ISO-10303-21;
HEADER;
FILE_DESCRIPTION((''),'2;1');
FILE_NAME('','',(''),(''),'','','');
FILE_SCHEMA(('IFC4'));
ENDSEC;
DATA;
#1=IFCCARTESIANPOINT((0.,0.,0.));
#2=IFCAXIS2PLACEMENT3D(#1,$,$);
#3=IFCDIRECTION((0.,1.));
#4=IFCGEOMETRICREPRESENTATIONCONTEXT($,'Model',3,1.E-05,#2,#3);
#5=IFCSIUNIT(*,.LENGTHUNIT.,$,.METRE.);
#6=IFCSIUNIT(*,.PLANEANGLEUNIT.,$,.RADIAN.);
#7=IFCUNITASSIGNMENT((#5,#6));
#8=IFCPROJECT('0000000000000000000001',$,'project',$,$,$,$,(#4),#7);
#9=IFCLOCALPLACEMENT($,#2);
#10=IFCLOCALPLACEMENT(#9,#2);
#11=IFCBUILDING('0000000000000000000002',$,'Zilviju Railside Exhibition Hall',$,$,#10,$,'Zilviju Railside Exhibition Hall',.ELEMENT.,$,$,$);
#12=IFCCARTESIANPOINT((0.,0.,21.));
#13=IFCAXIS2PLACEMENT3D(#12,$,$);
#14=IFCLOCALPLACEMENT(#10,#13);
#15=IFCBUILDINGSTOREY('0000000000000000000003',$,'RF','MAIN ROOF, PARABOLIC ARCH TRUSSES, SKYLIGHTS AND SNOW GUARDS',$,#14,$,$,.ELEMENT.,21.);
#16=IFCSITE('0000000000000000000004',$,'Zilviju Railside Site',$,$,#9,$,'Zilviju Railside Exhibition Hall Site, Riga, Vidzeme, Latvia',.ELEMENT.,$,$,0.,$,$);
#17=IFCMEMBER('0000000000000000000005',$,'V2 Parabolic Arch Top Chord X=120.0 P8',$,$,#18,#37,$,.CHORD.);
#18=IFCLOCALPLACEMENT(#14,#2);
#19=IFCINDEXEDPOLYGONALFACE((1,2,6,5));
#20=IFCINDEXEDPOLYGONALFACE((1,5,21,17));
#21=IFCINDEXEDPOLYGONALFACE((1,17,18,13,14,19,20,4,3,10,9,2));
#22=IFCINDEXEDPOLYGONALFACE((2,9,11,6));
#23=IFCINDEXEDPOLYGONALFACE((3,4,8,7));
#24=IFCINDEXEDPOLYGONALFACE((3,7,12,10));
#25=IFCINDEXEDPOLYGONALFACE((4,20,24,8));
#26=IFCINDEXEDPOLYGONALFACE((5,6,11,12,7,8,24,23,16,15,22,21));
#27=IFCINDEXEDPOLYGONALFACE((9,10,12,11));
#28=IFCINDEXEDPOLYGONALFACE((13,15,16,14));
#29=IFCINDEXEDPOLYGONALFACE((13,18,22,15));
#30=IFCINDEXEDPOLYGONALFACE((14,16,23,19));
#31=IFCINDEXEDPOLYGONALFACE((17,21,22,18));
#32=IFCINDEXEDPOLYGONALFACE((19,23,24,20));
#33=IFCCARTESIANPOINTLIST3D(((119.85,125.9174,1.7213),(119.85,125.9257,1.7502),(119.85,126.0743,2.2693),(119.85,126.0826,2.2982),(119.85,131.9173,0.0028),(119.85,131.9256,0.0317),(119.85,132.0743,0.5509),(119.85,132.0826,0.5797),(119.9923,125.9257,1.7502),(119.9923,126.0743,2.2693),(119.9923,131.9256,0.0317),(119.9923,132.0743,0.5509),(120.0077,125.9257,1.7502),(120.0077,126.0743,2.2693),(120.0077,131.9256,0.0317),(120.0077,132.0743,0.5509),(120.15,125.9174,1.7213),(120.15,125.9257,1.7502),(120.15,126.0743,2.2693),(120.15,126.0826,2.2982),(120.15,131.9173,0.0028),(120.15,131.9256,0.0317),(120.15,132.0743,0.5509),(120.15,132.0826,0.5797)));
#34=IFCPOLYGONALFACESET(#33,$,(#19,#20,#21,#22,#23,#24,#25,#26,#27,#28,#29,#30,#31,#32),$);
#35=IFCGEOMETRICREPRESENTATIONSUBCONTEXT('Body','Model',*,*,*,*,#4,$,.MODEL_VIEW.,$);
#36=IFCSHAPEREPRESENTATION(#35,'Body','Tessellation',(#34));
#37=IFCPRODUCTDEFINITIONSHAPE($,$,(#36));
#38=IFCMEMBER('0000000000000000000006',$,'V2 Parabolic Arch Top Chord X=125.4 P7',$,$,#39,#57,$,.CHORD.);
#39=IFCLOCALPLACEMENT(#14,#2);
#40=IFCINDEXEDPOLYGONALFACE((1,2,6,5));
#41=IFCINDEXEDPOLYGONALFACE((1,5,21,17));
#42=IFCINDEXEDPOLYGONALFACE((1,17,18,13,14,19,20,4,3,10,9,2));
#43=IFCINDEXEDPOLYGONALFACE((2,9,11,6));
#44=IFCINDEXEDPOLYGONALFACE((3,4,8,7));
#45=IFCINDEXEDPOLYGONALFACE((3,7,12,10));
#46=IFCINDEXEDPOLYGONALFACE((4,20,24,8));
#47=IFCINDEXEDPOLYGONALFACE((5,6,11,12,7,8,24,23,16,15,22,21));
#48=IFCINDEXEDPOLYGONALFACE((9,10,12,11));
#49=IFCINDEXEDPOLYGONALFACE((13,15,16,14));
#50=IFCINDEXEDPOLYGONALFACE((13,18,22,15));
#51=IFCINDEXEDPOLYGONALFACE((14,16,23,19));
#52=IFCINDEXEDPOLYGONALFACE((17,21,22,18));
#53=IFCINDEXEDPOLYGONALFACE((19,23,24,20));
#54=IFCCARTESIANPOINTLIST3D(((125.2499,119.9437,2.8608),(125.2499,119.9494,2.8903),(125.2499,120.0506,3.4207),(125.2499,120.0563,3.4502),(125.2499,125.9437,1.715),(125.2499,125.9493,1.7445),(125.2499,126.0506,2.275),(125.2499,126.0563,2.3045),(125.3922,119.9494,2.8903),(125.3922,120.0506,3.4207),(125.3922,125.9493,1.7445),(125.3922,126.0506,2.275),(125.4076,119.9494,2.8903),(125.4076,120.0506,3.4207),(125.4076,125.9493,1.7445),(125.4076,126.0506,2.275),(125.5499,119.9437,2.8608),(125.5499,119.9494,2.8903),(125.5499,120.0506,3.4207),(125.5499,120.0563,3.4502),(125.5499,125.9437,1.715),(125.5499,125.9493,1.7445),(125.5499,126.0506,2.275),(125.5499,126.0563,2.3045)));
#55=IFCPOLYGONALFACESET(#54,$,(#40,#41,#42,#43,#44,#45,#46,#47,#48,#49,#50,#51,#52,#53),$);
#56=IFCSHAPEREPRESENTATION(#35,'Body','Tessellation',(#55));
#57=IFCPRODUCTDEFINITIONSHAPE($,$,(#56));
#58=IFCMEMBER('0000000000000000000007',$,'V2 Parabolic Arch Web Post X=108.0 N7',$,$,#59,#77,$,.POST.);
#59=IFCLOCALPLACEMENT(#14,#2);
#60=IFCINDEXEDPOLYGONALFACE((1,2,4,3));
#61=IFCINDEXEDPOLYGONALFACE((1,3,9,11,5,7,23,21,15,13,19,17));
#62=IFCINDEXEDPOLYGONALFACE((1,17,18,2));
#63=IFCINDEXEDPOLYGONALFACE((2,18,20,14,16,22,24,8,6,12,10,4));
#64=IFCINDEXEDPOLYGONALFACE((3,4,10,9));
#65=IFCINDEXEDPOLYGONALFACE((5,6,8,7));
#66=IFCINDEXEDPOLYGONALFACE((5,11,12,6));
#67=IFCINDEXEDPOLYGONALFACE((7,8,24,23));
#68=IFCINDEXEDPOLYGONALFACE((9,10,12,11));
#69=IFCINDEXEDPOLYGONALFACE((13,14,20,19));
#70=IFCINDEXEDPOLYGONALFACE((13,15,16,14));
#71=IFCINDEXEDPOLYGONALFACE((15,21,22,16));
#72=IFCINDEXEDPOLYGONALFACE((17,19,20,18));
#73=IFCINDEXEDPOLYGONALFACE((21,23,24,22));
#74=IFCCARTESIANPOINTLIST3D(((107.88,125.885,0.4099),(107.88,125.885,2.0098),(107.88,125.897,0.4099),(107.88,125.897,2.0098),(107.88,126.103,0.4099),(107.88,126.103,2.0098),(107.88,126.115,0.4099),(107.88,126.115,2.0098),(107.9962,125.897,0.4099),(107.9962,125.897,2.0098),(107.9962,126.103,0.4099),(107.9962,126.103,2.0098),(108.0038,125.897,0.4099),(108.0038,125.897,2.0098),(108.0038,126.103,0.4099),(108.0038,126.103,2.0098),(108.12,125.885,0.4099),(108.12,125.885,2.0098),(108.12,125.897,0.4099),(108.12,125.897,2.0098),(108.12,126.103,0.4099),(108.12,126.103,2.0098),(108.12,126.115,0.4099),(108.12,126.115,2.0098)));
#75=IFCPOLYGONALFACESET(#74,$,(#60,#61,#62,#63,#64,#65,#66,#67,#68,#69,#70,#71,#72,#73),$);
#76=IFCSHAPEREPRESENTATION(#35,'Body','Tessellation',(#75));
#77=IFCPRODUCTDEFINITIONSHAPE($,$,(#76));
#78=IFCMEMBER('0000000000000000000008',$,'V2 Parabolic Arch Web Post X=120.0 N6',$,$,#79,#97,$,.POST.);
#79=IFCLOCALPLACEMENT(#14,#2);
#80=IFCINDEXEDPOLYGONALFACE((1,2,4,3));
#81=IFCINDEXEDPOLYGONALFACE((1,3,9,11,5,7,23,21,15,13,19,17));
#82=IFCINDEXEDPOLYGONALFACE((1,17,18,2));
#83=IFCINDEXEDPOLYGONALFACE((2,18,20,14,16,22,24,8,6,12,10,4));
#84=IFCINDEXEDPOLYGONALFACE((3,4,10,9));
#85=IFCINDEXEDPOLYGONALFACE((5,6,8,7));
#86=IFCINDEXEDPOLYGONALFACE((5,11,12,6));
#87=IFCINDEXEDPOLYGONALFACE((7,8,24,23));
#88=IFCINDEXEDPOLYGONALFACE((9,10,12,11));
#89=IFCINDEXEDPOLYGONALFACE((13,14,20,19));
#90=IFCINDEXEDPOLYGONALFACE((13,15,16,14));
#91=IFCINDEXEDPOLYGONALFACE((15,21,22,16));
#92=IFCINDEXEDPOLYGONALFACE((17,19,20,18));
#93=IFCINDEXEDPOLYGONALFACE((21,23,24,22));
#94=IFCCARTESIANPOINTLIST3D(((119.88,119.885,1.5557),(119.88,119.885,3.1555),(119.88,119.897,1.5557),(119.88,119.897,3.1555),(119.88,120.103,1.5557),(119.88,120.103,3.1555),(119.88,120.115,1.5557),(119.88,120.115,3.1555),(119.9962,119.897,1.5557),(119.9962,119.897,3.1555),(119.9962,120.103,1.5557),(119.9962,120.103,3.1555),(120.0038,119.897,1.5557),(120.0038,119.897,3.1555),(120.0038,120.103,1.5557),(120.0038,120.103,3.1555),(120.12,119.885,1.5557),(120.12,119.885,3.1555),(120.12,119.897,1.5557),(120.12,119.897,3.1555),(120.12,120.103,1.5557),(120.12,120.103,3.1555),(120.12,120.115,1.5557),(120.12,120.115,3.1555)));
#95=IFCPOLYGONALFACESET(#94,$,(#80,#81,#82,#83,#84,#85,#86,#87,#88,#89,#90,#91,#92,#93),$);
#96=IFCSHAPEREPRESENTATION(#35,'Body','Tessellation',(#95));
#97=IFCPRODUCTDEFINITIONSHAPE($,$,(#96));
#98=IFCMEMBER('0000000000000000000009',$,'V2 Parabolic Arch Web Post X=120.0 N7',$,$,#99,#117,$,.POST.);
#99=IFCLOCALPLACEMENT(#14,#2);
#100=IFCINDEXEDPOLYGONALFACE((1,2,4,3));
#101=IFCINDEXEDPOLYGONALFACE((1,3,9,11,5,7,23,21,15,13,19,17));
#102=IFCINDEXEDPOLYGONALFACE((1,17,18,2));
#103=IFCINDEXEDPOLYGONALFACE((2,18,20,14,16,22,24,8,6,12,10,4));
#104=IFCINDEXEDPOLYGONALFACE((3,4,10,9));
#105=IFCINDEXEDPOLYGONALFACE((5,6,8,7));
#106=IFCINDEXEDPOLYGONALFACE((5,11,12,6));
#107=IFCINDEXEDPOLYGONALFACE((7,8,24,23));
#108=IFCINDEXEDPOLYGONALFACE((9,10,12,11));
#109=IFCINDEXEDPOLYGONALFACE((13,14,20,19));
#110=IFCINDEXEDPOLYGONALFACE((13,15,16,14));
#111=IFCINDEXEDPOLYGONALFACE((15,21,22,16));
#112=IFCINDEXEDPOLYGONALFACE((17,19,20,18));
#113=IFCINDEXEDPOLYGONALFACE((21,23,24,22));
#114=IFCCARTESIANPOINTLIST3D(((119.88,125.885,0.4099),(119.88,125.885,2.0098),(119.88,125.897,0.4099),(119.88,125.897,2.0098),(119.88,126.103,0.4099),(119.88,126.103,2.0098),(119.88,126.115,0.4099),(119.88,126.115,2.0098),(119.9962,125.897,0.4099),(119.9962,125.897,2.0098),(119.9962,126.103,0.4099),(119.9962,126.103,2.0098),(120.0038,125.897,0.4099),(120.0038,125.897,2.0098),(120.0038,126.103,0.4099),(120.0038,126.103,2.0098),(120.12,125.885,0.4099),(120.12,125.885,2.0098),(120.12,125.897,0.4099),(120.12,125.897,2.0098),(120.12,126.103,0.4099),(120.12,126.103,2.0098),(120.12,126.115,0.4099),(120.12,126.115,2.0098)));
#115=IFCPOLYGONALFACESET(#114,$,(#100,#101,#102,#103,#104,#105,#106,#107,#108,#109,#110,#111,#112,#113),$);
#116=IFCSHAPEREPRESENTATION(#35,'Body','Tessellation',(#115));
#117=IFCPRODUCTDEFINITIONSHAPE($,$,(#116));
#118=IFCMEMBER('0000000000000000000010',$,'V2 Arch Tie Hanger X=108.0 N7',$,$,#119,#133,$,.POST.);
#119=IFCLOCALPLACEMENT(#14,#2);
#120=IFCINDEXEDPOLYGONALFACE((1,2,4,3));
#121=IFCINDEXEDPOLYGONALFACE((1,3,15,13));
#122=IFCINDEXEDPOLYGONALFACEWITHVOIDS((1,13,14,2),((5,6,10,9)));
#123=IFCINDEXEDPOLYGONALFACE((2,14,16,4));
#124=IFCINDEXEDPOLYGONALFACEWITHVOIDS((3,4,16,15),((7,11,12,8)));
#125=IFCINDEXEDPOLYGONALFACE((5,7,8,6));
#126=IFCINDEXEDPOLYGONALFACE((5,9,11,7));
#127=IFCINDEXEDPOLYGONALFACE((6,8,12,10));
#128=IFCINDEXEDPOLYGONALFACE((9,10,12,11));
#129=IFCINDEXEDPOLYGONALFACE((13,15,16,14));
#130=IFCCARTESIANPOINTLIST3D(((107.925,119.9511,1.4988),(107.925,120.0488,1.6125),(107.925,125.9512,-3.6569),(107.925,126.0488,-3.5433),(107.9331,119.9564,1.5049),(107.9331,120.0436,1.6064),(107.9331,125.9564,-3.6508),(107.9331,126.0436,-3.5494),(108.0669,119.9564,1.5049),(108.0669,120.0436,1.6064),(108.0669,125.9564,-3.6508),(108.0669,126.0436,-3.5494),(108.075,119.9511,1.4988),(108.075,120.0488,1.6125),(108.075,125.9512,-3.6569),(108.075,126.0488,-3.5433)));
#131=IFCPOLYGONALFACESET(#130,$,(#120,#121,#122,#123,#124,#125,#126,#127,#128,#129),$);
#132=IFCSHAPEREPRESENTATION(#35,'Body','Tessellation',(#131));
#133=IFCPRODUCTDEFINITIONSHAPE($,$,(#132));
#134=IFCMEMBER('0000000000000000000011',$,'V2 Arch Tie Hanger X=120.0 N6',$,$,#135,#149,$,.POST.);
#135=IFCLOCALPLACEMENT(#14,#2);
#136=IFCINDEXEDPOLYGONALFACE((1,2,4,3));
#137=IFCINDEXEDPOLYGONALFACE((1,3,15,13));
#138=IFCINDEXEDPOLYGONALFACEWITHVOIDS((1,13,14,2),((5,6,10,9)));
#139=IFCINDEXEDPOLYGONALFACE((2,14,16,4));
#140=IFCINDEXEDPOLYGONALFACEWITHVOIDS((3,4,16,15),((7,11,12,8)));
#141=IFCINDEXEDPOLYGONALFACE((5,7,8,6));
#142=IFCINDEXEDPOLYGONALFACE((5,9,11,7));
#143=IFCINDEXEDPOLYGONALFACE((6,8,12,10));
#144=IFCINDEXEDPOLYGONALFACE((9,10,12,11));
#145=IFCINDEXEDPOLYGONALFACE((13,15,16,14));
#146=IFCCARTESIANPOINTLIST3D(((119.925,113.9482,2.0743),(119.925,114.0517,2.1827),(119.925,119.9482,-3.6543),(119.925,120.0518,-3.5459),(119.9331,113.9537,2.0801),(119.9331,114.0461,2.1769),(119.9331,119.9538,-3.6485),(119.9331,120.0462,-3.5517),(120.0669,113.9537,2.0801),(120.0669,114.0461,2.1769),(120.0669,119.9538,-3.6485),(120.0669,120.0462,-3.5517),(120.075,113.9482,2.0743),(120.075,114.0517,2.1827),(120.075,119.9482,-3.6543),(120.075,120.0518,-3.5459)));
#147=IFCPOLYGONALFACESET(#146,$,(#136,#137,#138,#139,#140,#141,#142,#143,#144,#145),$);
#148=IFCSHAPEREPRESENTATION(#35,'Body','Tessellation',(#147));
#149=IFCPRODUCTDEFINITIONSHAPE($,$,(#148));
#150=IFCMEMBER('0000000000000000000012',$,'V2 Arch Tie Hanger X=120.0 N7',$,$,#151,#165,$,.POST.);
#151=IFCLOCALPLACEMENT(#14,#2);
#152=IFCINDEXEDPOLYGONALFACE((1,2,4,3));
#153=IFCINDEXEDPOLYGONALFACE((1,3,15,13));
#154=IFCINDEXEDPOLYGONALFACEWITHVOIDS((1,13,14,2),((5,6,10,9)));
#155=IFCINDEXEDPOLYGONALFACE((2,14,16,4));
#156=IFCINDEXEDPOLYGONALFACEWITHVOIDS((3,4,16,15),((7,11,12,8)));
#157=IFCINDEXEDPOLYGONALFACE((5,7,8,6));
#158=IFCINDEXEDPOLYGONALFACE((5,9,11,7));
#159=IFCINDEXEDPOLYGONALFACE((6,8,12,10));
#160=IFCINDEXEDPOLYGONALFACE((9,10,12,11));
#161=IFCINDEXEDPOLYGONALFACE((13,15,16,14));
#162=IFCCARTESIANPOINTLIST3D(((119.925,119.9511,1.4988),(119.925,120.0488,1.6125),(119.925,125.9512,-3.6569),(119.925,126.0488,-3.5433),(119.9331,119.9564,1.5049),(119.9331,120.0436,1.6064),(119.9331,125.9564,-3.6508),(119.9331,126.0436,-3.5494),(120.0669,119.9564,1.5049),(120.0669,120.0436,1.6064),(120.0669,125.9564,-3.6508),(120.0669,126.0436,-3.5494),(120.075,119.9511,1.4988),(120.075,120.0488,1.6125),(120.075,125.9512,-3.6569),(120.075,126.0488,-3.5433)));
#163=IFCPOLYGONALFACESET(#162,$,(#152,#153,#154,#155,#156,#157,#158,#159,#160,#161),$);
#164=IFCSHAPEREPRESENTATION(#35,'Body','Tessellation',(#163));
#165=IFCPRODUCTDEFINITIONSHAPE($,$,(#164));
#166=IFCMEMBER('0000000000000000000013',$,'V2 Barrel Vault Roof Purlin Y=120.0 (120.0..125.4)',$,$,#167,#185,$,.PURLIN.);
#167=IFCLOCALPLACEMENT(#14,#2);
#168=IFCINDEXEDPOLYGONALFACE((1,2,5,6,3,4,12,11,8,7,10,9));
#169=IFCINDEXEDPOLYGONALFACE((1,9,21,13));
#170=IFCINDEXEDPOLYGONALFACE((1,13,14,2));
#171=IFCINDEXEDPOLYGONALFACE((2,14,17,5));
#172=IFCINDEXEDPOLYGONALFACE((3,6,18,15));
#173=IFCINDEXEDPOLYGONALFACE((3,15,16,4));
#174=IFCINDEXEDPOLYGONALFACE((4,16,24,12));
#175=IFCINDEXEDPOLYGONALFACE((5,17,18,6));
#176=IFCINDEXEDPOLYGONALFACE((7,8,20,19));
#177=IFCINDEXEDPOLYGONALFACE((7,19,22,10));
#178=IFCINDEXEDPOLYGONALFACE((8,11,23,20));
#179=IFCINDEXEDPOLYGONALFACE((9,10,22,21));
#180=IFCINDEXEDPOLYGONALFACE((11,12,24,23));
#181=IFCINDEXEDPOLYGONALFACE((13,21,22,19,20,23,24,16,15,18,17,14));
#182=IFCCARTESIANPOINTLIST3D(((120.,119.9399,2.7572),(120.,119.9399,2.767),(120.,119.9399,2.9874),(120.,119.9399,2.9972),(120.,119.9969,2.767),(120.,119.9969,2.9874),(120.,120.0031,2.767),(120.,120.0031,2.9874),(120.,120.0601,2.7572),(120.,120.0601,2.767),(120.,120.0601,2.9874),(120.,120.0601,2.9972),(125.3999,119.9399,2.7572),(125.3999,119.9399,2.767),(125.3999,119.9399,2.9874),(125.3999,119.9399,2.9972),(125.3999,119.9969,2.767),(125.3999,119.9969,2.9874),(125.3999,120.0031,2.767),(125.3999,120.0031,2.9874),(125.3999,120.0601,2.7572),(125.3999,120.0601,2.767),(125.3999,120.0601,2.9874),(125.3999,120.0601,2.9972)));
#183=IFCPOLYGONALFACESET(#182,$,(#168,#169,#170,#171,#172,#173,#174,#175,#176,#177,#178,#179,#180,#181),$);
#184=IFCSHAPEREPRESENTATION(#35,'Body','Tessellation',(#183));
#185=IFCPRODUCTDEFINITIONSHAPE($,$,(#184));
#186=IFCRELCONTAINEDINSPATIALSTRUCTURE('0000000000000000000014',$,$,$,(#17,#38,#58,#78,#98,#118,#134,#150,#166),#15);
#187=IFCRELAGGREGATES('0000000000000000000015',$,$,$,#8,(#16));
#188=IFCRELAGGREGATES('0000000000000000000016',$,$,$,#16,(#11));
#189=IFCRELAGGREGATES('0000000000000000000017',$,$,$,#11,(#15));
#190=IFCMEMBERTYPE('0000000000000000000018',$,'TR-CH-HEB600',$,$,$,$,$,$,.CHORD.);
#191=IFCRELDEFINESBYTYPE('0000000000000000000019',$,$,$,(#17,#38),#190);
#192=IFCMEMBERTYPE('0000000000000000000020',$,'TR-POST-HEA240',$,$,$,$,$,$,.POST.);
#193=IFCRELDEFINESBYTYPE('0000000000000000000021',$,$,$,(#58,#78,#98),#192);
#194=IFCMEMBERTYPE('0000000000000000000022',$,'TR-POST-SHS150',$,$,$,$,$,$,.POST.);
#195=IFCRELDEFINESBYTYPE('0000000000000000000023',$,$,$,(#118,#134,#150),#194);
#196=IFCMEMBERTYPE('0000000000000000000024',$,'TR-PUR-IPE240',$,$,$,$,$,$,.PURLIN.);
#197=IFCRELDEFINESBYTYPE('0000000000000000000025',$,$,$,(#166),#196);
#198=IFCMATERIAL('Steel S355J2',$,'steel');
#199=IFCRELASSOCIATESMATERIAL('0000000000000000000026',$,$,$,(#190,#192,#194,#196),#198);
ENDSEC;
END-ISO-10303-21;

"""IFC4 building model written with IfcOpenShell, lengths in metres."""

from ifc_helpers import new_model, si_unit, direction, frame, origin, origin_2d, place, context, subcontext, project, spatial, hollow_rectangle, i_section, extrude, material, material_profile, profile_set, type_object, element, save


model = new_model("IFC4")

# Units and contexts
model_context = context("Model", 3, precision=1e-05, world=origin(), true_north=direction((0.0, 1.0)))
body_context = subcontext(model_context, "Body", "Model", "MODEL_VIEW")
ifc_project = project(units=[si_unit("LENGTHUNIT", "METRE"), si_unit("PLANEANGLEUNIT", "RADIAN")], contexts=[model_context])

# Site, building, storey
site_placement = place(None, origin())
site = spatial("IfcSite", under=ifc_project, at=site_placement, Name="Zilviju Railside Site", LongName="Zilviju Railside Exhibition Hall Site, Riga, Vidzeme, Latvia", CompositionType="ELEMENT", RefElevation=0.0)
building_placement = place(site_placement, origin())
building = spatial("IfcBuilding", under=site, at=building_placement, Name="Zilviju Railside Exhibition Hall", LongName="Zilviju Railside Exhibition Hall", CompositionType="ELEMENT")
storey_placement = place(building_placement, frame((0.0, 0.0, 21.0)))
storey = spatial("IfcBuildingStorey", under=building, at=storey_placement, Name="RF", Description="MAIN ROOF, PARABOLIC ARCH TRUSSES, SKYLIGHTS AND SNOW GUARDS", CompositionType="ELEMENT", Elevation=21.0)

# Members
ifc_material_1 = material(Name="Steel S355J2", Category="steel")
ifc_material_profile_1 = material_profile(ifc_material_1, i_section(OverallWidth=0.3, OverallDepth=0.6001, WebThickness=0.0154, FlangeThickness=0.03, at=origin_2d()), Name="HEB 600")
ifc_profile_set_1 = profile_set([ifc_material_profile_1], Name="Steel S355J2")
member_type_1 = type_object("IfcMemberType", Name="TR-CH-HEB600", PredefinedType="CHORD", material=ifc_profile_set_1)
member_1_placement = place(storey_placement, frame((120.0, 126.0, 2.0098), z_axis=(0.0, 0.961345, -0.275346), x_axis=(-1.0, 0.0, 0.0)))
element("IfcMember", 1, at=member_1_placement, inside=storey, type_object=member_type_1, Name="V2 Parabolic Arch Top Chord X=120.0 P8", PredefinedType="CHORD", context=body_context, shape_type="SweptSolid", body=[
    extrude(i_section(OverallWidth=0.3, OverallDepth=0.6001, WebThickness=0.0154, FlangeThickness=0.03, at=origin_2d()), origin(), (0.0, 0.0, 1.0), 6.2412),
])
member_2_placement = place(storey_placement, frame((125.3999, 120.0, 3.1555), z_axis=(0.0, 0.982251, -0.187569), x_axis=(-1.0, 0.0, 0.0)))
element("IfcMember", 2, at=member_2_placement, inside=storey, type_object=member_type_1, Name="V2 Parabolic Arch Top Chord X=125.4 P7", PredefinedType="CHORD", context=body_context, shape_type="SweptSolid", body=[
    extrude(i_section(OverallWidth=0.3, OverallDepth=0.6001, WebThickness=0.0154, FlangeThickness=0.03, at=origin_2d()), origin(), (0.0, 0.0, 1.0), 6.1084),
])
ifc_material_profile_2 = material_profile(ifc_material_1, i_section(OverallWidth=0.24, OverallDepth=0.23, WebThickness=0.0076, FlangeThickness=0.012, at=origin_2d()), Name="HEA 240")
ifc_profile_set_2 = profile_set([ifc_material_profile_2], Name="Steel S355J2")
member_type_2 = type_object("IfcMemberType", Name="TR-POST-HEA240", PredefinedType="POST", material=ifc_profile_set_2)
for number, where, z_axis, x_axis, name in (
    (3, (108.0, 126.0, 0.4099), (0.0, 0.0, 1.0), (1.0, 0.0, 0.0), "V2 Parabolic Arch Web Post X=108.0 N7"),
    (4, (120.0, 120.0, 1.5557), (0.0, 0.0, 1.0), (1.0, 0.0, 0.0), "V2 Parabolic Arch Web Post X=120.0 N6"),
    (5, (120.0, 126.0, 0.4099), (0.0, 0.0, 1.0), (1.0, 0.0, 0.0), "V2 Parabolic Arch Web Post X=120.0 N7"),
):
    element("IfcMember", number, at=place(storey_placement, frame(where, z_axis=z_axis, x_axis=x_axis)), inside=storey, type_object=member_type_2, Name=name, PredefinedType="POST", context=body_context, shape_type="SweptSolid", body=[
        extrude(i_section(OverallWidth=0.24, OverallDepth=0.23, WebThickness=0.0076, FlangeThickness=0.012, at=origin_2d()), origin(), (0.0, 0.0, 1.0), 1.5999),
    ])
ifc_material_profile_3 = material_profile(ifc_material_1, hollow_rectangle(XDim=0.1499, YDim=0.1499, WallThickness=0.0081, at=origin_2d()), Name="SHS 150x150x8.0")
ifc_profile_set_3 = profile_set([ifc_material_profile_3], Name="Steel S355J2")
member_type_3 = type_object("IfcMemberType", Name="TR-POST-SHS150", PredefinedType="POST", material=ifc_profile_set_3)
member_3_placement = place(storey_placement, frame((108.0, 126.0, -3.6001), z_axis=(0.0, -0.75845, 0.651731), x_axis=(1.0, 0.0, 0.0)))
element("IfcMember", 6, at=member_3_placement, inside=storey, type_object=member_type_3, Name="V2 Arch Tie Hanger X=108.0 N7", PredefinedType="POST", context=body_context, shape_type="SweptSolid", body=[
    extrude(hollow_rectangle(XDim=0.1499, YDim=0.1499, WallThickness=0.0081, at=origin_2d()), origin(), (0.0, 0.0, 1.0), 7.9109),
])
member_4_placement = place(storey_placement, frame((120.0, 120.0, -3.6001), z_axis=(0.0, -0.723281, 0.690554), x_axis=(1.0, 0.0, 0.0)))
element("IfcMember", 7, at=member_4_placement, inside=storey, type_object=member_type_3, Name="V2 Arch Tie Hanger X=120.0 N6", PredefinedType="POST", context=body_context, shape_type="SweptSolid", body=[
    extrude(hollow_rectangle(XDim=0.1499, YDim=0.1499, WallThickness=0.0081, at=origin_2d()), origin(), (0.0, 0.0, 1.0), 8.2957),
])
member_5_placement = place(storey_placement, frame((120.0, 126.0, -3.6001), z_axis=(0.0, -0.75845, 0.651731), x_axis=(1.0, 0.0, 0.0)))
element("IfcMember", 8, at=member_5_placement, inside=storey, type_object=member_type_3, Name="V2 Arch Tie Hanger X=120.0 N7", PredefinedType="POST", context=body_context, shape_type="SweptSolid", body=[
    extrude(hollow_rectangle(XDim=0.1499, YDim=0.1499, WallThickness=0.0081, at=origin_2d()), origin(), (0.0, 0.0, 1.0), 7.9109),
])
ifc_material_profile_4 = material_profile(ifc_material_1, i_section(OverallWidth=0.1201, OverallDepth=0.24, WebThickness=0.0061, FlangeThickness=0.0098, at=origin_2d()), Name="IPE 240")
ifc_profile_set_4 = profile_set([ifc_material_profile_4], Name="Steel S355J2")
member_type_4 = type_object("IfcMemberType", Name="TR-PUR-IPE240", PredefinedType="PURLIN", material=ifc_profile_set_4)
for number, where, z_axis, x_axis, name in (
    (9, (120.0, 120.0, 2.8772), (1.0, 0.0, 0.0), (0.0, 1.0, 0.0), "V2 Barrel Vault Roof Purlin Y=120.0 (120.0..125.4)"),
):
    element("IfcMember", number, at=place(storey_placement, frame(where, z_axis=z_axis, x_axis=x_axis)), inside=storey, type_object=member_type_4, Name=name, PredefinedType="PURLIN", context=body_context, shape_type="SweptSolid", body=[
        extrude(i_section(OverallWidth=0.1201, OverallDepth=0.24, WebThickness=0.0061, FlangeThickness=0.0098, at=origin_2d()), origin(), (0.0, 0.0, 1.0), 5.3999),
    ])

save(model, "model.ifc")
